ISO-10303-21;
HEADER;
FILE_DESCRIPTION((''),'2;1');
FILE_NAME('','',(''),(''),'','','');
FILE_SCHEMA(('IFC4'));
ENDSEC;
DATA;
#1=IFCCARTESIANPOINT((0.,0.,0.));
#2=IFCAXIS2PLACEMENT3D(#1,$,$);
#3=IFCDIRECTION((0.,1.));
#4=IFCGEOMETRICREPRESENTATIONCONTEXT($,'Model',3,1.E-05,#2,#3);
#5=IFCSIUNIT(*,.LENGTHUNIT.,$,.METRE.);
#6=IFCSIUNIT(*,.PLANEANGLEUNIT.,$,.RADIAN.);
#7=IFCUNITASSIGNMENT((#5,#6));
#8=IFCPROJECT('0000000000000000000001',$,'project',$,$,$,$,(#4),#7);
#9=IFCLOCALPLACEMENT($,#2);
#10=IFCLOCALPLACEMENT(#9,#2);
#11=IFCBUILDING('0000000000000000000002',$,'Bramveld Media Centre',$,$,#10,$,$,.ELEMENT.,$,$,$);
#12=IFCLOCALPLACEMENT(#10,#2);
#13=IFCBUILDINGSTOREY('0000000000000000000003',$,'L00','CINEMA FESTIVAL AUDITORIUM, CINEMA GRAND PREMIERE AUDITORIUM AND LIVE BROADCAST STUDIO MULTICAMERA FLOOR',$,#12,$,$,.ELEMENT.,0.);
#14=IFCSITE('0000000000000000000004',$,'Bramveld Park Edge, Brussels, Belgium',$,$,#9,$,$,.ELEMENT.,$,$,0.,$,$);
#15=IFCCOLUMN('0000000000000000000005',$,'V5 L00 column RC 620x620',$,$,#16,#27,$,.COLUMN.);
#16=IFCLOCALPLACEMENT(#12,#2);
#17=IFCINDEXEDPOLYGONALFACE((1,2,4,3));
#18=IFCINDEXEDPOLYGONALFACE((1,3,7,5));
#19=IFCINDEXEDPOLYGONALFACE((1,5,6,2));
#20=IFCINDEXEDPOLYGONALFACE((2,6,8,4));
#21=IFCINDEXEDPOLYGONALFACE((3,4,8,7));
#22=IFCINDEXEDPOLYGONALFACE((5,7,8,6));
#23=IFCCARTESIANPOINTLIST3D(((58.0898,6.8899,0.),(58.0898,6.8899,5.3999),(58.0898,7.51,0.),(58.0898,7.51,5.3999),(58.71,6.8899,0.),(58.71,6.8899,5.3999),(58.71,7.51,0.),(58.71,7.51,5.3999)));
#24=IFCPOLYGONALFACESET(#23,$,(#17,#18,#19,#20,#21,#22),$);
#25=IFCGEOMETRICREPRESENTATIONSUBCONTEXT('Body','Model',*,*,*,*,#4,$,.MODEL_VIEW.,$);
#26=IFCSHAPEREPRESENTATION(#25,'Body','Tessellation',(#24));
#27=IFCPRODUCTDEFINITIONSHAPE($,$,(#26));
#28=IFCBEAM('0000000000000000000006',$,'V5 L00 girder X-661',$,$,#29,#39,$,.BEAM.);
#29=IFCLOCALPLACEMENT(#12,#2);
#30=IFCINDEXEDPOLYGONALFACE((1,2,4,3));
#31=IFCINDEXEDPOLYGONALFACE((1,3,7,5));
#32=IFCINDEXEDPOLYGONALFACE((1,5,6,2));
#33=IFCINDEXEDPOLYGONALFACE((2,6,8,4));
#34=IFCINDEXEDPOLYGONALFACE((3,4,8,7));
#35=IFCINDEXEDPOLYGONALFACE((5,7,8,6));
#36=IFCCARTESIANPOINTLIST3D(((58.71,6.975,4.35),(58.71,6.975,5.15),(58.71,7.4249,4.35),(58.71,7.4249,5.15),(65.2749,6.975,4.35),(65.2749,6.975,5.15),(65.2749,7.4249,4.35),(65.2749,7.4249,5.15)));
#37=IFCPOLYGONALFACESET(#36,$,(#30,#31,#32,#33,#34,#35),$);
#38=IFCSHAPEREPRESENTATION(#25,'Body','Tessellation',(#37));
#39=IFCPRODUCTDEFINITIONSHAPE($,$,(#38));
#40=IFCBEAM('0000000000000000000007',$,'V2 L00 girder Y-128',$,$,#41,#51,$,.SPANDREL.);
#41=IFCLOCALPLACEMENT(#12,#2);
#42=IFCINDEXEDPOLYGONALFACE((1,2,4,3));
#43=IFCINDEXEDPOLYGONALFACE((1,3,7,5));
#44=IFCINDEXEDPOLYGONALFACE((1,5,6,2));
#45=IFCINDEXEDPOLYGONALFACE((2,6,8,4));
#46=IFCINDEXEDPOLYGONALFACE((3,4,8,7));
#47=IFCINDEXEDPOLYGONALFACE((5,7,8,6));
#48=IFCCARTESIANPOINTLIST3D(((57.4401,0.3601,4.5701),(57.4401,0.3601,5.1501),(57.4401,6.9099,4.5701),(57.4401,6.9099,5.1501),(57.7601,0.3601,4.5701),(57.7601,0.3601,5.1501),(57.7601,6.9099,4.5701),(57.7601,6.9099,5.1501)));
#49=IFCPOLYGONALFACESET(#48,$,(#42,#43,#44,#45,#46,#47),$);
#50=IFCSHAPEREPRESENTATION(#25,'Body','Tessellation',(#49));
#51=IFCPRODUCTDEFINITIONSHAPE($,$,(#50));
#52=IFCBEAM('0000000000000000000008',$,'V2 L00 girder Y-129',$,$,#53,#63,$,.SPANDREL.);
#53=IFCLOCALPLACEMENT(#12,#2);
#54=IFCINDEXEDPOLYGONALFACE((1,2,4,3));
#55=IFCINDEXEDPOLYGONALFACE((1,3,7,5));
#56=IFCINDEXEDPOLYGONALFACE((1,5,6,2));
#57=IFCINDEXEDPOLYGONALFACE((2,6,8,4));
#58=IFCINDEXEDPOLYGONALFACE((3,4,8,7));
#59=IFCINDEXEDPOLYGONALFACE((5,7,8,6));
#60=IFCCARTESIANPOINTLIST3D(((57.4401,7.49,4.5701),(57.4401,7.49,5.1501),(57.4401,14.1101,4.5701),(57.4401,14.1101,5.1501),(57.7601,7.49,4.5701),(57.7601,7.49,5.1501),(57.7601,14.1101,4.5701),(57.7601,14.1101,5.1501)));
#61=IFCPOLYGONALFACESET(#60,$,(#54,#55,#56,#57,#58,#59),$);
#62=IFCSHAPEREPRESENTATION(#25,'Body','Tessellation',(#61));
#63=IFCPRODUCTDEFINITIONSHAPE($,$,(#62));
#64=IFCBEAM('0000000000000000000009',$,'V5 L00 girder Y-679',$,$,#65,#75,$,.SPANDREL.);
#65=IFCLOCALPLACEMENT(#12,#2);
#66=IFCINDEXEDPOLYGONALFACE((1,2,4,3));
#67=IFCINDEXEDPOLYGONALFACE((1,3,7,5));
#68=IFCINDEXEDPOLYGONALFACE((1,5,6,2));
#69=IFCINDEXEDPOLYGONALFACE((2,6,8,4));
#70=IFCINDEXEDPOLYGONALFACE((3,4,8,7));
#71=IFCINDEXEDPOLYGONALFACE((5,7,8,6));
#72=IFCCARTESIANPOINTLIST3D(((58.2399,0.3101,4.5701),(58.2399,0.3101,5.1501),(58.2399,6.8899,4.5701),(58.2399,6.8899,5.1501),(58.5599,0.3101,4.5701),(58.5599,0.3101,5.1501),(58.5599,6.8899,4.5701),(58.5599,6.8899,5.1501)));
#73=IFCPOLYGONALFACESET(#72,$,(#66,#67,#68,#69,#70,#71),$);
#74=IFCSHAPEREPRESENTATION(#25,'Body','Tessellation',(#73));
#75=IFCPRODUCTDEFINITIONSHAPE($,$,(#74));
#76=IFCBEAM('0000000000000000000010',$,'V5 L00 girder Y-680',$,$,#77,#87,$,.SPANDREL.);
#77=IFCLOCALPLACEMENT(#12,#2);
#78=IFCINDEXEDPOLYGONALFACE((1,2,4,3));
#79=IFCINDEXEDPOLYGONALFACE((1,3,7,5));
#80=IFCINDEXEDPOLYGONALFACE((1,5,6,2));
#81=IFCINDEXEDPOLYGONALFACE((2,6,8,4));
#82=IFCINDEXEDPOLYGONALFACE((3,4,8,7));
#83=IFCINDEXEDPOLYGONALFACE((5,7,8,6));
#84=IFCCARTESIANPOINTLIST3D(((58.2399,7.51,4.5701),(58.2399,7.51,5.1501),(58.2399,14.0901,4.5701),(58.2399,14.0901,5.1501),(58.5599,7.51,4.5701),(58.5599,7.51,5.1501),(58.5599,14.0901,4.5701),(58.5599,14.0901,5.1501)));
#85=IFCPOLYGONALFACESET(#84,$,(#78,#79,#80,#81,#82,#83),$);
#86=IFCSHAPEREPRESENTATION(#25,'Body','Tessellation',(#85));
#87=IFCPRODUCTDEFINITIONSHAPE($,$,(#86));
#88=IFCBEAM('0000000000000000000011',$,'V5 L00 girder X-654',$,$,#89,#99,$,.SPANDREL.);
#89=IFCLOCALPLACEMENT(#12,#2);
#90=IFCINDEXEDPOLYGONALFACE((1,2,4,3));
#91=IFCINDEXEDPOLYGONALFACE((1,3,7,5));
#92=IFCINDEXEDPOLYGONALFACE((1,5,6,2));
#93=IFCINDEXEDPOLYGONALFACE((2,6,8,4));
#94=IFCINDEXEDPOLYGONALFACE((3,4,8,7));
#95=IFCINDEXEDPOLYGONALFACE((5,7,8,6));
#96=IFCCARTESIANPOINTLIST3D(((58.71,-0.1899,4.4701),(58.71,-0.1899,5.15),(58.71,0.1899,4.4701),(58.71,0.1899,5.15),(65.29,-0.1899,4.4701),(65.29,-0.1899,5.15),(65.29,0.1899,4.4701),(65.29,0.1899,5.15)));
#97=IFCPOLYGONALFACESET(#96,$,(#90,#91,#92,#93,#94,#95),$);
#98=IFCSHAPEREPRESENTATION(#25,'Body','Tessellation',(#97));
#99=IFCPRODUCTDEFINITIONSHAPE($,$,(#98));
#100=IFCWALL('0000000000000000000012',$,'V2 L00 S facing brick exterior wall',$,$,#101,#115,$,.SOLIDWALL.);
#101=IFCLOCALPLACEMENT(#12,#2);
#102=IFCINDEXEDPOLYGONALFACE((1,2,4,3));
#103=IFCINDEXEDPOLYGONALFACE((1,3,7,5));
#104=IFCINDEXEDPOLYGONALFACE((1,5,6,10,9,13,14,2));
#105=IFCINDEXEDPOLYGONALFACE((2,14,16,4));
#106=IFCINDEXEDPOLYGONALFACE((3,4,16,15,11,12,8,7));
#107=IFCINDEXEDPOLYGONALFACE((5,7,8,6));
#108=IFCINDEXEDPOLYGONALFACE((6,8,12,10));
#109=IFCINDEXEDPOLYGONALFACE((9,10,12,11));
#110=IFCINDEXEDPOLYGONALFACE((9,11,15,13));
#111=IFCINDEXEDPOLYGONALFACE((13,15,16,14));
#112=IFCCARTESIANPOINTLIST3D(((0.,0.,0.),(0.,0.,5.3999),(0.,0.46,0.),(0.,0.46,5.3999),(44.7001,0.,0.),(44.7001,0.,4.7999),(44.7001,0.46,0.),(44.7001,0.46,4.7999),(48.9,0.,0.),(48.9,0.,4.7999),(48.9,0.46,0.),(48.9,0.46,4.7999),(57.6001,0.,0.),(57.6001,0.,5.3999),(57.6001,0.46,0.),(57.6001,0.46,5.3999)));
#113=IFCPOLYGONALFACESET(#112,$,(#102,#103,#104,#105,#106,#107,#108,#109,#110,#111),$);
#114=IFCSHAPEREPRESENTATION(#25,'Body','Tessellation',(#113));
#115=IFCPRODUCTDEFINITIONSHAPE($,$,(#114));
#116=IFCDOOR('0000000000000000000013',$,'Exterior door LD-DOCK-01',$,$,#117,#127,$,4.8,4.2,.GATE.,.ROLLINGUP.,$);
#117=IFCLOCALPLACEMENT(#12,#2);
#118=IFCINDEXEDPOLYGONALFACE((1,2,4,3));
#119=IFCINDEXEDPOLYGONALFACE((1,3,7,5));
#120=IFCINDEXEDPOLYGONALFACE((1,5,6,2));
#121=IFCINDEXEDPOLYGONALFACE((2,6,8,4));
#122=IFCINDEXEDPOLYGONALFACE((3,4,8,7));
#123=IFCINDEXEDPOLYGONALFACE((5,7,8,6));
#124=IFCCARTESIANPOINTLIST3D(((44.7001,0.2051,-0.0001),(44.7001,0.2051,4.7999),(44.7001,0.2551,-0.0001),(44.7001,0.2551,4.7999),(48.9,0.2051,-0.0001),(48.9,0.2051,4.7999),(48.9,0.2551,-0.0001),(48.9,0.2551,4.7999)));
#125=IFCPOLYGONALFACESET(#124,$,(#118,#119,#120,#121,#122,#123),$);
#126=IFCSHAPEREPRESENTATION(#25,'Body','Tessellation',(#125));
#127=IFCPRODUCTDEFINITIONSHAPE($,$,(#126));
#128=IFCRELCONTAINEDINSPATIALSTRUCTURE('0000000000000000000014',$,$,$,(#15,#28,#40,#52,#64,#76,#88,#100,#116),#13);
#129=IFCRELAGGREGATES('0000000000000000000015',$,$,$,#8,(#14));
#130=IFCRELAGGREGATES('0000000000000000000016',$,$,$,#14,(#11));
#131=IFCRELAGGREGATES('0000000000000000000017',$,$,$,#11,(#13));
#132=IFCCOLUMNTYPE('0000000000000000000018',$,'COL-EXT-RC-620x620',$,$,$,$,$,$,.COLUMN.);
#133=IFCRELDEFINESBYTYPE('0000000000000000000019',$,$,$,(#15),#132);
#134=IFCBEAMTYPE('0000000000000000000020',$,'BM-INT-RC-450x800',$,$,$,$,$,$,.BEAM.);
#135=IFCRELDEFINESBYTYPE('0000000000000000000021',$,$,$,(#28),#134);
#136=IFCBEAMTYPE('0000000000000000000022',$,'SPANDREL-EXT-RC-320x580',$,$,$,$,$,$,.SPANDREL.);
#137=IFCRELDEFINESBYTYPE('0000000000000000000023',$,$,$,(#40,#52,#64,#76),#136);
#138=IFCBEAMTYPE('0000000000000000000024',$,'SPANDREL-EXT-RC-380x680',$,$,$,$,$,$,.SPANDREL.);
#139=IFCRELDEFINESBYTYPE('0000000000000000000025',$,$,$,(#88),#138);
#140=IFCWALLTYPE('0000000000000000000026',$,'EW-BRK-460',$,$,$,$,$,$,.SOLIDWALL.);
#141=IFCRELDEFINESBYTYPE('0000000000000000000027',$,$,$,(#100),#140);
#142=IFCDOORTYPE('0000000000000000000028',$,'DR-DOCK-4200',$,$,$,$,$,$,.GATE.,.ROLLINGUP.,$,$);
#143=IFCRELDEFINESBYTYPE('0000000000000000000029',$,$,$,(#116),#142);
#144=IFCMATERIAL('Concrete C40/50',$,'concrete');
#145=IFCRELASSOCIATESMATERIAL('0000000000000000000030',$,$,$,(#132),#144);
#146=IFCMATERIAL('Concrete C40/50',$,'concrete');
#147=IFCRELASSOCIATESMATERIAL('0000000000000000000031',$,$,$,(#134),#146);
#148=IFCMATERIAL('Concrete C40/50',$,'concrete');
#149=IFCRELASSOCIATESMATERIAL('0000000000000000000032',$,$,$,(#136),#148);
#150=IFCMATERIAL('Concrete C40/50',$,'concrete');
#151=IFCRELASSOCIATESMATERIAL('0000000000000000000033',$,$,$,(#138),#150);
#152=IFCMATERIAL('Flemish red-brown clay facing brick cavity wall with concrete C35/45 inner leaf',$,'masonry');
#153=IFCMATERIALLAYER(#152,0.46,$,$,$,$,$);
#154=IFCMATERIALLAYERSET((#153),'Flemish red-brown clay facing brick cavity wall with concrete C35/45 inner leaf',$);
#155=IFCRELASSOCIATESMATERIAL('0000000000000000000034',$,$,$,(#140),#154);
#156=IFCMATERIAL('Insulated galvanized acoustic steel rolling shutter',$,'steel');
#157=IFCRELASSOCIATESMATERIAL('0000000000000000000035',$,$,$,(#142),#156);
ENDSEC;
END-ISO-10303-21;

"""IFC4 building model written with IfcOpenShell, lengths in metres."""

from ifc_helpers import new_model, si_unit, direction, frame, frame_2d, origin, origin_2d, place, context, subcontext, project, spatial, rectangle, extrude, material, layer, layer_set, material_profile, profile_set, type_object, element, fill, save


model = new_model("IFC4")

# Units and contexts
model_context = context("Model", 3, precision=1e-05, world=origin(), true_north=direction((0.0, 1.0)))
body_context = subcontext(model_context, "Body", "Model", "MODEL_VIEW")
ifc_project = project(units=[si_unit("LENGTHUNIT", "METRE"), si_unit("PLANEANGLEUNIT", "RADIAN")], contexts=[model_context])

# Site, building, storey
site_placement = place(None, origin())
site = spatial("IfcSite", under=ifc_project, at=site_placement, Name="Bramveld Park Edge, Brussels, Belgium", CompositionType="ELEMENT", RefElevation=0.0)
building_placement = place(site_placement, origin())
building = spatial("IfcBuilding", under=site, at=building_placement, Name="Bramveld Media Centre", CompositionType="ELEMENT")
storey_placement = place(building_placement, origin())
storey = spatial("IfcBuildingStorey", under=building, at=storey_placement, Name="L00", Description="CINEMA FESTIVAL AUDITORIUM, CINEMA GRAND PREMIERE AUDITORIUM AND LIVE BROADCAST STUDIO MULTICAMERA FLOOR", CompositionType="ELEMENT", Elevation=0.0)

# Column
ifc_material_1 = material(Name="Concrete C40/50", Category="concrete")
ifc_material_profile_1 = material_profile(ifc_material_1, rectangle(XDim=0.6201, YDim=0.6201, at=origin_2d()), Name="RC 620x620")
ifc_profile_set_1 = profile_set([ifc_material_profile_1], Name="Concrete C40/50")
column_type_1 = type_object("IfcColumnType", Name="COL-EXT-RC-620x620", PredefinedType="COLUMN", material=ifc_profile_set_1)
for number, where, z_axis, x_axis, name in (
    (1, (58.3999, 7.2, 0.0), (0.0, 0.0, 1.0), (1.0, 0.0, 0.0), "V5 L00 column RC 620x620"),
):
    element("IfcColumn", number, at=place(storey_placement, frame(where, z_axis=z_axis, x_axis=x_axis)), inside=storey, type_object=column_type_1, Name=name, PredefinedType="COLUMN", context=body_context, shape_type="SweptSolid", body=[
        extrude(rectangle(XDim=0.6201, YDim=0.6201, at=origin_2d()), origin(), (0.0, 0.0, 1.0), 5.3999),
    ])

# Beams
ifc_material_2 = material(Name="Concrete C40/50", Category="concrete")
ifc_material_profile_2 = material_profile(ifc_material_2, rectangle(XDim=0.45, YDim=0.8, at=origin_2d()), Name="RC 450x800")
ifc_profile_set_2 = profile_set([ifc_material_profile_2], Name="Concrete C40/50")
beam_type_1 = type_object("IfcBeamType", Name="BM-INT-RC-450x800", PredefinedType="BEAM", material=ifc_profile_set_2)
beam_1_placement = place(storey_placement, frame((58.71, 7.2, 4.75), z_axis=(1.0, 0.0, 0.0), x_axis=(0.0, 1.0, 0.0)))
element("IfcBeam", 2, at=beam_1_placement, inside=storey, type_object=beam_type_1, Name="V5 L00 girder X-661", PredefinedType="BEAM", context=body_context, shape_type="SweptSolid", body=[
    extrude(rectangle(XDim=0.45, YDim=0.8, at=origin_2d()), origin(), (0.0, 0.0, 1.0), 6.5649),
])
ifc_material_3 = material(Name="Concrete C40/50", Category="concrete")
ifc_material_profile_3 = material_profile(ifc_material_3, rectangle(XDim=0.3201, YDim=0.5801, at=origin_2d()), Name="RC 320x580")
ifc_profile_set_3 = profile_set([ifc_material_profile_3], Name="Concrete C40/50")
beam_type_2 = type_object("IfcBeamType", Name="SPANDREL-EXT-RC-320x580", PredefinedType="SPANDREL", material=ifc_profile_set_3)
beam_2_placement = place(storey_placement, frame((57.6001, 0.3601, 4.8601), z_axis=(0.0, 1.0, 0.0), x_axis=(-1.0, 0.0, 0.0)))
element("IfcBeam", 3, at=beam_2_placement, inside=storey, type_object=beam_type_2, Name="V2 L00 girder Y-128", PredefinedType="SPANDREL", context=body_context, shape_type="SweptSolid", body=[
    extrude(rectangle(XDim=0.3201, YDim=0.5801, at=origin_2d()), origin(), (0.0, 0.0, 1.0), 6.5498),
])
beam_3_placement = place(storey_placement, frame((57.6001, 7.49, 4.8601), z_axis=(0.0, 1.0, 0.0), x_axis=(-1.0, 0.0, 0.0)))
element("IfcBeam", 4, at=beam_3_placement, inside=storey, type_object=beam_type_2, Name="V2 L00 girder Y-129", PredefinedType="SPANDREL", context=body_context, shape_type="SweptSolid", body=[
    extrude(rectangle(XDim=0.3201, YDim=0.5801, at=origin_2d()), origin(), (0.0, 0.0, 1.0), 6.6201),
])
beam_4_placement = place(storey_placement, frame((58.3999, 0.3101, 4.8601), z_axis=(0.0, 1.0, 0.0), x_axis=(-1.0, 0.0, 0.0)))
element("IfcBeam", 5, at=beam_4_placement, inside=storey, type_object=beam_type_2, Name="V5 L00 girder Y-679", PredefinedType="SPANDREL", context=body_context, shape_type="SweptSolid", body=[
    extrude(rectangle(XDim=0.3201, YDim=0.5801, at=origin_2d()), origin(), (0.0, 0.0, 1.0), 6.5798),
])
beam_5_placement = place(storey_placement, frame((58.3999, 7.51, 4.8601), z_axis=(0.0, 1.0, 0.0), x_axis=(-1.0, 0.0, 0.0)))
element("IfcBeam", 6, at=beam_5_placement, inside=storey, type_object=beam_type_2, Name="V5 L00 girder Y-680", PredefinedType="SPANDREL", context=body_context, shape_type="SweptSolid", body=[
    extrude(rectangle(XDim=0.3201, YDim=0.5801, at=origin_2d()), origin(), (0.0, 0.0, 1.0), 6.5801),
])
ifc_material_4 = material(Name="Concrete C40/50", Category="concrete")
ifc_material_profile_4 = material_profile(ifc_material_4, rectangle(XDim=0.3799, YDim=0.6799, at=origin_2d()), Name="RC 380x680")
ifc_profile_set_4 = profile_set([ifc_material_profile_4], Name="Concrete C40/50")
beam_type_3 = type_object("IfcBeamType", Name="SPANDREL-EXT-RC-380x680", PredefinedType="SPANDREL", material=ifc_profile_set_4)
beam_6_placement = place(storey_placement, frame((58.71, 0.0, 4.8101), z_axis=(1.0, 0.0, 0.0), x_axis=(0.0, 1.0, 0.0)))
element("IfcBeam", 7, at=beam_6_placement, inside=storey, type_object=beam_type_3, Name="V5 L00 girder X-654", PredefinedType="SPANDREL", context=body_context, shape_type="SweptSolid", body=[
    extrude(rectangle(XDim=0.3799, YDim=0.6799, at=origin_2d()), origin(), (0.0, 0.0, 1.0), 6.5801),
])

# Wall, opening, door
ifc_material_5 = material(Name="Flemish red-brown clay facing brick cavity wall with concrete C35/45 inner leaf", Category="masonry")
ifc_layer_1 = layer(ifc_material_5, 0.46)
ifc_layer_set_1 = layer_set([ifc_layer_1], Name="Flemish red-brown clay facing brick cavity wall with concrete C35/45 inner leaf")
wall_type_1 = type_object("IfcWallType", Name="EW-BRK-460", PredefinedType="SOLIDWALL", material=ifc_layer_set_1)
wall_1_placement = place(storey_placement, frame((57.6001, 0.23, 0.0), z_axis=(0.0, 0.0, 1.0), x_axis=(-1.0, 0.0, 0.0)))
wall_1 = element("IfcWall", 8, at=wall_1_placement, inside=storey, type_object=wall_type_1, Name="V2 L00 S facing brick exterior wall", PredefinedType="SOLIDWALL", context=body_context, shape_type="SweptSolid", body=[
    extrude(rectangle(XDim=57.6001, YDim=0.46, at=frame_2d((28.8, 0.0))), origin(), (0.0, 0.0, 1.0), 5.3999),
])
opening_1_placement = place(wall_1_placement, frame((8.7, 0.0, 0.0)))
opening_1 = element("IfcOpeningElement", 9, at=opening_1_placement, cuts=wall_1, PredefinedType="OPENING", context=body_context, shape_type="SweptSolid", body=[
    extrude(rectangle(XDim=4.2, YDim=4.8, at=frame_2d((2.1001, 2.3999))), frame((0.0, 0.2419, 0.0), z_axis=(0.0, -1.0, 0.0), x_axis=(1.0, 0.0, 0.0)), (0.0, 0.0, 1.0), 0.4839),
])
ifc_material_6 = material(Name="Insulated galvanized acoustic steel rolling shutter", Category="steel")
door_type = type_object("IfcDoorType", Name="DR-DOCK-4200", OperationType="ROLLINGUP", PredefinedType="GATE", material=ifc_material_6)
door_placement = place(opening_1_placement, origin())
door = element("IfcDoor", 10, at=door_placement, inside=storey, type_object=door_type, Name="Exterior door LD-DOCK-01", OperationType="ROLLINGUP", OverallHeight=4.8, OverallWidth=4.2, PredefinedType="GATE", context=body_context, shape_type="SweptSolid", body=[
    extrude(rectangle(XDim=4.2, YDim=4.8, at=frame_2d((2.1001, 2.3999))), frame((0.0, 0.0249, 0.0), z_axis=(0.0, -1.0, 0.0), x_axis=(1.0, 0.0, 0.0)), (0.0, 0.0, 1.0), 0.05),
])
fill(opening_1, door)

save(model, "model.ifc")
